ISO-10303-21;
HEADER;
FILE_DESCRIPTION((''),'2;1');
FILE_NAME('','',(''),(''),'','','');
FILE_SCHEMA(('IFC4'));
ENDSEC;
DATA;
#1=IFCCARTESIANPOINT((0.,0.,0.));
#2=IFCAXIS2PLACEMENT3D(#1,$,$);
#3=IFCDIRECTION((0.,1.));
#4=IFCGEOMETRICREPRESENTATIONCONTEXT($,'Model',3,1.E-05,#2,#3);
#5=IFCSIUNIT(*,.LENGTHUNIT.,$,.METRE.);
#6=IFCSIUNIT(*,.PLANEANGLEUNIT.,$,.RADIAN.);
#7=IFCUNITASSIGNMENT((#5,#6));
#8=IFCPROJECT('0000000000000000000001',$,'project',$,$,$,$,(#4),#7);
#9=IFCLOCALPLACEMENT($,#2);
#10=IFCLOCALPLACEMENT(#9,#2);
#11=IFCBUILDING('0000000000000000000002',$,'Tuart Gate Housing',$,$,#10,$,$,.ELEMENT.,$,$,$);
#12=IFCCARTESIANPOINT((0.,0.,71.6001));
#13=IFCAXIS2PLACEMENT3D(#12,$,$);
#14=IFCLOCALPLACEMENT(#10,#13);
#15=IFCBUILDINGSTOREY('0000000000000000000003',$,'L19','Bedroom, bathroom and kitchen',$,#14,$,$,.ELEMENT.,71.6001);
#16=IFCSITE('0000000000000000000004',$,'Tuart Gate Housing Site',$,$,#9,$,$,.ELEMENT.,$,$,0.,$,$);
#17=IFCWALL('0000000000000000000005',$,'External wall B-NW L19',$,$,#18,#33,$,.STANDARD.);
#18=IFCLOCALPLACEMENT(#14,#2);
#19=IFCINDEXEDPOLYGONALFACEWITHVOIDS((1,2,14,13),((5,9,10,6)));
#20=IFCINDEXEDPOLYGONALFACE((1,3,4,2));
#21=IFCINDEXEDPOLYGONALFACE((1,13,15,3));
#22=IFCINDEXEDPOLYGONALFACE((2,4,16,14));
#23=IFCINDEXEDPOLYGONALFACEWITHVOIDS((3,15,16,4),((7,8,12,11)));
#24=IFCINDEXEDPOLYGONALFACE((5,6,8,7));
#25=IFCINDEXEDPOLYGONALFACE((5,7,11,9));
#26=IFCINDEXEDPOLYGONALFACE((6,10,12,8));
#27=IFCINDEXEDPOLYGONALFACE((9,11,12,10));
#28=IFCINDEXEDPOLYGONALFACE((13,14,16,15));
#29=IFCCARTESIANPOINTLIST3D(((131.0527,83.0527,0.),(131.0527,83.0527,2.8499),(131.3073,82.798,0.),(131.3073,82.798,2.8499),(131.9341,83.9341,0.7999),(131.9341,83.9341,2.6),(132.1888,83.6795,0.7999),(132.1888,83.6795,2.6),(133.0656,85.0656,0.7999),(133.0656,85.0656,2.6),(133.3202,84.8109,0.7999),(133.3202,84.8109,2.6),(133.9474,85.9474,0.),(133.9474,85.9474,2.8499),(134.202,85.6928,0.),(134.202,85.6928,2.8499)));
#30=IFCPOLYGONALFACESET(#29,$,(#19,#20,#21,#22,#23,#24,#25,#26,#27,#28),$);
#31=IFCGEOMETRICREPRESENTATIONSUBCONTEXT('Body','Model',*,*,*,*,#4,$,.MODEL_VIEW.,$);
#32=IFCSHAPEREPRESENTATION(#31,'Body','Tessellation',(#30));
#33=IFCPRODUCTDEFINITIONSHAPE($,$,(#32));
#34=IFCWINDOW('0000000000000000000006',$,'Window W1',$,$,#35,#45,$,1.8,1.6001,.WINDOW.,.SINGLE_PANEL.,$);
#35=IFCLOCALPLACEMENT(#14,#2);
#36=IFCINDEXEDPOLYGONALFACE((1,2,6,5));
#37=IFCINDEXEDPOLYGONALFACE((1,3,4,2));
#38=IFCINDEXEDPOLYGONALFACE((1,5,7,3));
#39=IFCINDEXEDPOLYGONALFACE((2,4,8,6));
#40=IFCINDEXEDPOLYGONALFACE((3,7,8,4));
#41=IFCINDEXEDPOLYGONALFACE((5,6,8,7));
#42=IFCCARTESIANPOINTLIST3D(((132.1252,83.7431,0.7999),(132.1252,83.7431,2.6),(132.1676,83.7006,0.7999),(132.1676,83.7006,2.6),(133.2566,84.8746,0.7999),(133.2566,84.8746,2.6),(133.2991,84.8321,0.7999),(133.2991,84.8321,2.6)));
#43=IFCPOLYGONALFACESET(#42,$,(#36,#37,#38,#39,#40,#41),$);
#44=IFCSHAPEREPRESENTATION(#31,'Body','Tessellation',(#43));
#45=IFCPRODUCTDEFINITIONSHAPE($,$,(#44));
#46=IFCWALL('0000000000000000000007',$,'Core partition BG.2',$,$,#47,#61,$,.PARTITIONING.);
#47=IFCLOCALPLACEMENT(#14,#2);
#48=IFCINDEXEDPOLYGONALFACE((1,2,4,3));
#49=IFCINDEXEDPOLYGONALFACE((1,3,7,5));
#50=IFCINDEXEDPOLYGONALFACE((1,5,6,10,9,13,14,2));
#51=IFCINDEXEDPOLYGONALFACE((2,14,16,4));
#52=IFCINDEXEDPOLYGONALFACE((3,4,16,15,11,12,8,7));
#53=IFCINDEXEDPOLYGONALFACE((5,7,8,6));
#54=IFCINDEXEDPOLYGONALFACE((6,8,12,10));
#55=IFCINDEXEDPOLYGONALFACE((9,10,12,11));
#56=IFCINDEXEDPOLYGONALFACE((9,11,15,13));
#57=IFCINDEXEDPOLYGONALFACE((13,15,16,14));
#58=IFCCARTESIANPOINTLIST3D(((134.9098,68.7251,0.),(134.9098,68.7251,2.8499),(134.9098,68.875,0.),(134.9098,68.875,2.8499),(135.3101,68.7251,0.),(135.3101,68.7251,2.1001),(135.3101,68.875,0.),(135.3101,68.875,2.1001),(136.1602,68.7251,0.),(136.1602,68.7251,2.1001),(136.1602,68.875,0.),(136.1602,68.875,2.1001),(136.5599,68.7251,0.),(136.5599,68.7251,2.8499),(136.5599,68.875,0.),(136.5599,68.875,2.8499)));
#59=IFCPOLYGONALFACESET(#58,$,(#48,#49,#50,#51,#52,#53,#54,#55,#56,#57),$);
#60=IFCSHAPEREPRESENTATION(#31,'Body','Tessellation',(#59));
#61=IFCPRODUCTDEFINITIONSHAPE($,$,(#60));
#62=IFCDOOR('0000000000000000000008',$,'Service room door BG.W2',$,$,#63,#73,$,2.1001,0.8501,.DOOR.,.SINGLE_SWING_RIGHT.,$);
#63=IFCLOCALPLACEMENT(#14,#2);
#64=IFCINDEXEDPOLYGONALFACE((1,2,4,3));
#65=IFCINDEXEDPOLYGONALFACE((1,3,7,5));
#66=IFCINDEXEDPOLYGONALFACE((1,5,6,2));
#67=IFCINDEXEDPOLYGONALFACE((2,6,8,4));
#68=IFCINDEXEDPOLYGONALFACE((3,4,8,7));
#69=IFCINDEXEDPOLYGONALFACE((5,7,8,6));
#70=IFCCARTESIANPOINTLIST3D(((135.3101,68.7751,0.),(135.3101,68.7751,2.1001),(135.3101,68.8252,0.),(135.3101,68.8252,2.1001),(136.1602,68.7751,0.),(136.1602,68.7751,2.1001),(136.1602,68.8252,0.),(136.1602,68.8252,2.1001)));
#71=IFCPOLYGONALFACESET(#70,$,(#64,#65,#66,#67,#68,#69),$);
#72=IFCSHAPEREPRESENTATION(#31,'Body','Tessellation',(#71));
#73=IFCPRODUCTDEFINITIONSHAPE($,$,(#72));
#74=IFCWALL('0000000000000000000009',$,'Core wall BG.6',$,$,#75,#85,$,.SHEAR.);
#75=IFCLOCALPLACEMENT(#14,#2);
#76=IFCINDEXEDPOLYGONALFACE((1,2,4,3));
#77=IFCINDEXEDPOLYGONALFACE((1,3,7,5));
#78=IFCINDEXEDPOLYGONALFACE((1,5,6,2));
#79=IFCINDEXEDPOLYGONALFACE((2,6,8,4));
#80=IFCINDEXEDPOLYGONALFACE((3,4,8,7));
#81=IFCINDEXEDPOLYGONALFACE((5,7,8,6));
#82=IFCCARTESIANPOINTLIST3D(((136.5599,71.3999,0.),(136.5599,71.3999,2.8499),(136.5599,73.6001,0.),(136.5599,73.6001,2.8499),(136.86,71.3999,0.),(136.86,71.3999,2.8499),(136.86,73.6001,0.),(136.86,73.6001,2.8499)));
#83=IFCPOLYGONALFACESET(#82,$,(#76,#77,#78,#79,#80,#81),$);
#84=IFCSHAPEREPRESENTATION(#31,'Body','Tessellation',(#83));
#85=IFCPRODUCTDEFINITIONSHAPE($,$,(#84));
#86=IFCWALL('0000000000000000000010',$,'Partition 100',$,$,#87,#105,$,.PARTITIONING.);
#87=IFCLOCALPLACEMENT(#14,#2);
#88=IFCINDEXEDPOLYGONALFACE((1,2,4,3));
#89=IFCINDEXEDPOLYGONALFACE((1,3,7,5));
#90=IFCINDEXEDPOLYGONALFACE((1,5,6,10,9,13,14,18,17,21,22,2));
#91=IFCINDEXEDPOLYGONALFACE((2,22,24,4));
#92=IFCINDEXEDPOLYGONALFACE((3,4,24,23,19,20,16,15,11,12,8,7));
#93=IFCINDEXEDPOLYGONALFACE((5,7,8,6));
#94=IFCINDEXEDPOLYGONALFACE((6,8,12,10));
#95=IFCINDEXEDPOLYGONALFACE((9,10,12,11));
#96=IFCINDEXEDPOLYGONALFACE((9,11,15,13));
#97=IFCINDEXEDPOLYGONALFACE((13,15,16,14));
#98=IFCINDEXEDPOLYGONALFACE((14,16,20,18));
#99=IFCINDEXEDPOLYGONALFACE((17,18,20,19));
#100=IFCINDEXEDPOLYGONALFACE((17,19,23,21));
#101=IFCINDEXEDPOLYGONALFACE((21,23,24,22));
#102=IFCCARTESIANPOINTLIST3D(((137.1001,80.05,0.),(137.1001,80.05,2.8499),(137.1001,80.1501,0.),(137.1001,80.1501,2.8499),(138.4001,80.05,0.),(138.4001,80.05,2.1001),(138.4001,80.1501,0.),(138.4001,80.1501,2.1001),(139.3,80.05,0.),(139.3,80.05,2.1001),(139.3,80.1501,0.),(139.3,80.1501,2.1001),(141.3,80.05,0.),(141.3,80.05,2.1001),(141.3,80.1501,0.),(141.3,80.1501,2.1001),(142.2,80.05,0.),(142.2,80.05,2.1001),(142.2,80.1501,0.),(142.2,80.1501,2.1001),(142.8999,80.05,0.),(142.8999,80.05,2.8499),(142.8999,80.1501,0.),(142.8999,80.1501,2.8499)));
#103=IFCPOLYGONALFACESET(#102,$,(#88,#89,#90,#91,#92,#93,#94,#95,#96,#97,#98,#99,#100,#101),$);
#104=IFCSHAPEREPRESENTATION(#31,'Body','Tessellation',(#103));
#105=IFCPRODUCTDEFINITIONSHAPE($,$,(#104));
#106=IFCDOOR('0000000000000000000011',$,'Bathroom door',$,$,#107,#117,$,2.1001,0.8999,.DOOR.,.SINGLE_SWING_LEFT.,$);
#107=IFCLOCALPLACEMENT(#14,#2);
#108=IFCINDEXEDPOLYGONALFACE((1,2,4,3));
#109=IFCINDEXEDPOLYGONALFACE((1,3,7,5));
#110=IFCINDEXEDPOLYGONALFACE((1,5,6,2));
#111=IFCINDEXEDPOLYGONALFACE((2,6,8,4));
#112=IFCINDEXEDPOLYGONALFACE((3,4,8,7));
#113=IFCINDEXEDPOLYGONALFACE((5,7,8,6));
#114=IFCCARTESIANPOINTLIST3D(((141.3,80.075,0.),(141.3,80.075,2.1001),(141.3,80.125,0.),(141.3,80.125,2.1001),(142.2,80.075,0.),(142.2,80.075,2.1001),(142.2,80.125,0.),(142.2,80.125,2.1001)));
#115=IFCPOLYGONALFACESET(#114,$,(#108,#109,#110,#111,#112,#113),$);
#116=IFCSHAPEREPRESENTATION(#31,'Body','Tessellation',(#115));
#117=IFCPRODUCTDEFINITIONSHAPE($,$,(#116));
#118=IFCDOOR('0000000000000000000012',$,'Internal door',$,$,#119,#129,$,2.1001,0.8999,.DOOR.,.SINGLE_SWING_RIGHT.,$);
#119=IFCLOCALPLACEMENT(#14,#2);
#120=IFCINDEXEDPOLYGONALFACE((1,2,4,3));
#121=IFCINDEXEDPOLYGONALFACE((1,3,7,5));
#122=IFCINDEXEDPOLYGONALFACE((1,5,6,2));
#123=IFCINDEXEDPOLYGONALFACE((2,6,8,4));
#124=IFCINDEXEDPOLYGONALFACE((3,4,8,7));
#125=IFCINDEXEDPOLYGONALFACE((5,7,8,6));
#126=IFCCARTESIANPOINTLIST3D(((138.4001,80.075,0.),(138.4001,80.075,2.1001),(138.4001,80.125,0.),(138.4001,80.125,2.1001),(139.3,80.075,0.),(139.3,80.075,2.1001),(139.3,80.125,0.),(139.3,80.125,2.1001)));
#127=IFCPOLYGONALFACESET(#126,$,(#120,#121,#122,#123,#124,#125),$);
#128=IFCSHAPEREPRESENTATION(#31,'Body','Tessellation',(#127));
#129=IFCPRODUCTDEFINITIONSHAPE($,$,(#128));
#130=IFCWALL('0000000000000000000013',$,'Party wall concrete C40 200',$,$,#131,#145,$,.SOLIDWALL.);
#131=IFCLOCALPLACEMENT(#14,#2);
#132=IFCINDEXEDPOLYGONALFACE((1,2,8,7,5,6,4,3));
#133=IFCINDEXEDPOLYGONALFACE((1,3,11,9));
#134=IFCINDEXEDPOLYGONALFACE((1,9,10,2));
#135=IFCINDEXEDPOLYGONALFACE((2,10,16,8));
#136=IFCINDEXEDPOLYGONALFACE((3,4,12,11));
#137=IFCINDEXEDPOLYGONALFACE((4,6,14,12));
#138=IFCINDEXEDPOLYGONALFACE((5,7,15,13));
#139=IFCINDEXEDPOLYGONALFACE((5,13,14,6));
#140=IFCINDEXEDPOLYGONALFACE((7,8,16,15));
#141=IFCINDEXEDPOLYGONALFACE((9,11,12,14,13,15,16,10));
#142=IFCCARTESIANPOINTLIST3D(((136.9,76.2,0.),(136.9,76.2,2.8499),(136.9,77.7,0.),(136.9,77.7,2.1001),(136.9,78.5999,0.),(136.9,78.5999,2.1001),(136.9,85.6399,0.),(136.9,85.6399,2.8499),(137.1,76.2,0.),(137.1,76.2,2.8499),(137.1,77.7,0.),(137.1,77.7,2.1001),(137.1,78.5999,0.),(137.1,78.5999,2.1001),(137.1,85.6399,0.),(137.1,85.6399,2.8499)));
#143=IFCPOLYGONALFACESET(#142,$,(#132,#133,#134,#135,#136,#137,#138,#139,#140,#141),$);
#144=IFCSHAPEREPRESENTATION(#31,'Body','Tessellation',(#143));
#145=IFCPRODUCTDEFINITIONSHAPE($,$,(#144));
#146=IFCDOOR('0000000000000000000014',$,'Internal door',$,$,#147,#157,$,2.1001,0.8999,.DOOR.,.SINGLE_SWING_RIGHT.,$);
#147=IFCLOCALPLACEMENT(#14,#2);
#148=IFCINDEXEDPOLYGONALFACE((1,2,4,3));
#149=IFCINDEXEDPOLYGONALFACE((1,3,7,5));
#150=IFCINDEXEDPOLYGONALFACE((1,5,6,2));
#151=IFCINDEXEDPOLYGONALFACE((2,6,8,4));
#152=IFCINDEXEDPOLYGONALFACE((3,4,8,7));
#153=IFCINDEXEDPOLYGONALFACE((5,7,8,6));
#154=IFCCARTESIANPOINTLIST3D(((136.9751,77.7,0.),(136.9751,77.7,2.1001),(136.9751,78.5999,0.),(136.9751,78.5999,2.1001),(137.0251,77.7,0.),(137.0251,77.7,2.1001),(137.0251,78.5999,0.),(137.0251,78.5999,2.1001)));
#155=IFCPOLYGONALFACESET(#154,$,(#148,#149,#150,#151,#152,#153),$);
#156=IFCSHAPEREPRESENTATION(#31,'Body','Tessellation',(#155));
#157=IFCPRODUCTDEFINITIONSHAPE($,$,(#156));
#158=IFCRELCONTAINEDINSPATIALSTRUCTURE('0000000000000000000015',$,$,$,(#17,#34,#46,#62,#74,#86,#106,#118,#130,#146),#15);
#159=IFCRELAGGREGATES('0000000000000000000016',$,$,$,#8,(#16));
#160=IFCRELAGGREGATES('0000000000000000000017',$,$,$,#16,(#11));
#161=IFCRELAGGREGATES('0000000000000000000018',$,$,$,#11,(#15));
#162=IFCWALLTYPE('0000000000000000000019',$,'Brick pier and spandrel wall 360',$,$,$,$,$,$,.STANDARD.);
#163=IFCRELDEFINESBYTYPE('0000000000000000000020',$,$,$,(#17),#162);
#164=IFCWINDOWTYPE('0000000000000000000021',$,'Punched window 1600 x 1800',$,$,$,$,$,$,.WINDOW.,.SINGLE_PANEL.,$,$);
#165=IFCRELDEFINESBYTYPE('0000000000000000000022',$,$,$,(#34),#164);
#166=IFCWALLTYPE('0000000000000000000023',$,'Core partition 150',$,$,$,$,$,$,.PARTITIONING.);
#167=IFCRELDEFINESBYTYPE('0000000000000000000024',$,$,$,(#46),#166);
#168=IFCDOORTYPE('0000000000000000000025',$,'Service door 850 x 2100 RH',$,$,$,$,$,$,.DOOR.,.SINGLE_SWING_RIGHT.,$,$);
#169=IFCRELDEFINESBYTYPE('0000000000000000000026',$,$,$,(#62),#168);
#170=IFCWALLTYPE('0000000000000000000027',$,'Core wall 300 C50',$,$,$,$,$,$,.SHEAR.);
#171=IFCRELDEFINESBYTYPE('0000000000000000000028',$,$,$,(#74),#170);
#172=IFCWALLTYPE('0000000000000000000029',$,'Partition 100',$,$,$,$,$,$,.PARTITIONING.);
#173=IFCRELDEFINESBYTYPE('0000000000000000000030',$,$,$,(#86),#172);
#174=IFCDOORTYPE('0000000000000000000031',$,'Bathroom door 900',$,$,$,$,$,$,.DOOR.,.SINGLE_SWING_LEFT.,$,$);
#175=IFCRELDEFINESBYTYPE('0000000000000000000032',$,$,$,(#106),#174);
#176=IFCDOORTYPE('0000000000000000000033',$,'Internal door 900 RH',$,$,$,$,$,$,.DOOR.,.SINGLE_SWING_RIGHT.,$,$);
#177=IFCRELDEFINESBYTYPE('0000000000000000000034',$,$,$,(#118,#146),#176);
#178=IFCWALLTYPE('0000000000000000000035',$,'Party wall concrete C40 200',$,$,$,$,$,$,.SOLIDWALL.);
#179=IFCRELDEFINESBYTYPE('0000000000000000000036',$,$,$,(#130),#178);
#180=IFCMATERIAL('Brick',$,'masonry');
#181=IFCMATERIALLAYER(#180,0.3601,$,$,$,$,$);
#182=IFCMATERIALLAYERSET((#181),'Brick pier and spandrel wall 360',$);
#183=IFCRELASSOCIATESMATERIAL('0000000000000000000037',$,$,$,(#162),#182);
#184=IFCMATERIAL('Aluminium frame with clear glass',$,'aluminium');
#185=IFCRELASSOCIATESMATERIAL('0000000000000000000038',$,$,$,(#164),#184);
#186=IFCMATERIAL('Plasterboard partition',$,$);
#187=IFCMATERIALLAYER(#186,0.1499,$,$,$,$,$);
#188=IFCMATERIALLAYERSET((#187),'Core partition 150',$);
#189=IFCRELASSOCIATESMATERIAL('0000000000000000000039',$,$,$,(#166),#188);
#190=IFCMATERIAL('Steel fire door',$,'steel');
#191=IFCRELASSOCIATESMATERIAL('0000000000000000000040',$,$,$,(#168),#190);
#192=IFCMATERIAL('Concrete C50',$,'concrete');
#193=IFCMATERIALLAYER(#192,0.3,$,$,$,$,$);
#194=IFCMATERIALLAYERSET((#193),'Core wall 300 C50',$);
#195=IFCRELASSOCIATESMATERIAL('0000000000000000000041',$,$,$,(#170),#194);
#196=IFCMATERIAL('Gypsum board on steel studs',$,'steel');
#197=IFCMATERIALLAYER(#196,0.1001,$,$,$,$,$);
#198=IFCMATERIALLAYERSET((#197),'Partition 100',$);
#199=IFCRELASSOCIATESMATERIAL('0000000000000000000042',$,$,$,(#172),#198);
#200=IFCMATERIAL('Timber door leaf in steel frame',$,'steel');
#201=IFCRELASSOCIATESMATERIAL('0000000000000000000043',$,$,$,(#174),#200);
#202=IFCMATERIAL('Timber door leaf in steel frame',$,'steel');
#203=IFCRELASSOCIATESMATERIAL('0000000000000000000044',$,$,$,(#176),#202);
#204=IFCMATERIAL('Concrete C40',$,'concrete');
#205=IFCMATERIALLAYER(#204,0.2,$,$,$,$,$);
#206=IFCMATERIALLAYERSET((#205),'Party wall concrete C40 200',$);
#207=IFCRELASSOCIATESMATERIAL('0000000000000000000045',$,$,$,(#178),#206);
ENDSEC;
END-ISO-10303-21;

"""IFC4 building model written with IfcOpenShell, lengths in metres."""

from ifc_helpers import new_model, si_unit, direction, frame, frame_2d, origin, place, context, subcontext, project, spatial, rectangle, extrude, material, layer, layer_set, type_object, element, fill, save


model = new_model("IFC4")

# Units and contexts
model_context = context("Model", 3, precision=1e-05, world=origin(), true_north=direction((0.0, 1.0)))
body_context = subcontext(model_context, "Body", "Model", "MODEL_VIEW")
ifc_project = project(units=[si_unit("LENGTHUNIT", "METRE"), si_unit("PLANEANGLEUNIT", "RADIAN")], contexts=[model_context])

# Site, building, storey
site_placement = place(None, origin())
site = spatial("IfcSite", under=ifc_project, at=site_placement, Name="Tuart Gate Housing Site", CompositionType="ELEMENT", RefElevation=0.0)
building_placement = place(site_placement, origin())
building = spatial("IfcBuilding", under=site, at=building_placement, Name="Tuart Gate Housing", CompositionType="ELEMENT")
storey_placement = place(building_placement, frame((0.0, 0.0, 71.6001)))
storey = spatial("IfcBuildingStorey", under=building, at=storey_placement, Name="L19", Description="Bedroom, bathroom and kitchen", CompositionType="ELEMENT", Elevation=71.6001)

# Wall, opening, window
ifc_material_1 = material(Name="Brick", Category="masonry")
ifc_layer_1 = layer(ifc_material_1, 0.3601)
ifc_layer_set_1 = layer_set([ifc_layer_1], Name="Brick pier and spandrel wall 360")
wall_type_1 = type_object("IfcWallType", Name="Brick pier and spandrel wall 360", PredefinedType="STANDARD", material=ifc_layer_set_1)
wall_1_placement = place(storey_placement, frame((134.0747, 85.8201, 0.0), z_axis=(0.0, 0.0, 1.0), x_axis=(-0.707107, -0.707107, 0.0)))
wall_1 = element("IfcWall", 1, at=wall_1_placement, inside=storey, type_object=wall_type_1, Name="External wall B-NW L19", PredefinedType="STANDARD", context=body_context, shape_type="SweptSolid", body=[
    extrude(rectangle(XDim=4.0938, YDim=0.3601, at=frame_2d((2.0469, 0.0))), origin(), (0.0, 0.0, 1.0), 2.8499),
])
opening_1_placement = place(wall_1_placement, frame((1.2471, 0.0, 0.8)))
opening_1 = element("IfcOpeningElement", 2, at=opening_1_placement, cuts=wall_1, PredefinedType="OPENING", context=body_context, shape_type="SweptSolid", body=[
    extrude(rectangle(XDim=1.6001, YDim=1.8, at=frame_2d((0.8, 0.8999))), frame((0.0, 0.1899, 0.0), z_axis=(0.0, -1.0, 0.0), x_axis=(1.0, 0.0, 0.0)), (0.0, 0.0, 1.0), 0.3801),
])
ifc_material_2 = material(Name="Aluminium frame with clear glass", Category="aluminium")
window_type = type_object("IfcWindowType", Name="Punched window 1600 x 1800", PartitioningType="SINGLE_PANEL", PredefinedType="WINDOW", material=ifc_material_2)
window_placement = place(opening_1_placement, origin())
window = element("IfcWindow", 3, at=window_placement, inside=storey, type_object=window_type, Name="Window W1", OverallHeight=1.8, OverallWidth=1.6001, PartitioningType="SINGLE_PANEL", PredefinedType="WINDOW", context=body_context, shape_type="SweptSolid", body=[
    extrude(rectangle(XDim=1.6001, YDim=1.8, at=frame_2d((0.8, 0.8999))), frame((0.0, 0.1501, 0.0), z_axis=(0.0, -1.0, 0.0), x_axis=(1.0, 0.0, 0.0)), (0.0, 0.0, 1.0), 0.0601),
])
fill(opening_1, window)

# Wall, opening, door
ifc_material_3 = material(Name="Plasterboard partition")
ifc_layer_2 = layer(ifc_material_3, 0.1499)
ifc_layer_set_2 = layer_set([ifc_layer_2], Name="Core partition 150")
wall_type_2 = type_object("IfcWallType", Name="Core partition 150", PredefinedType="PARTITIONING", material=ifc_layer_set_2)
wall_2_placement = place(storey_placement, frame((136.5601, 68.8, 0.0), z_axis=(0.0, 0.0, 1.0), x_axis=(-1.0, 0.0, 0.0)))
wall_2 = element("IfcWall", 4, at=wall_2_placement, inside=storey, type_object=wall_type_2, Name="Core partition BG.2", PredefinedType="PARTITIONING", context=body_context, shape_type="SweptSolid", body=[
    extrude(rectangle(XDim=1.6501, YDim=0.1499, at=frame_2d((0.8252, 0.0))), origin(), (0.0, 0.0, 1.0), 2.8499),
])
opening_2_placement = place(wall_2_placement, frame((0.3999, 0.0, 0.0)))
opening_2 = element("IfcOpeningElement", 5, at=opening_2_placement, cuts=wall_2, PredefinedType="OPENING", context=body_context, shape_type="SweptSolid", body=[
    extrude(rectangle(XDim=0.8501, YDim=2.1001, at=frame_2d((0.425, 1.05))), frame((0.0, 0.085, 0.0), z_axis=(0.0, -1.0, 0.0), x_axis=(1.0, 0.0, 0.0)), (0.0, 0.0, 1.0), 0.1699),
])
ifc_material_4 = material(Name="Steel fire door", Category="steel")
door_type_1 = type_object("IfcDoorType", Name="Service door 850 x 2100 RH", OperationType="SINGLE_SWING_RIGHT", PredefinedType="DOOR", material=ifc_material_4)
door_1_placement = place(opening_2_placement, frame((0.8501, 0.0, 0.0), z_axis=(0.0, 0.0, 1.0), x_axis=(-1.0, 0.0, 0.0)))
door_1 = element("IfcDoor", 6, at=door_1_placement, inside=storey, type_object=door_type_1, Name="Service room door BG.W2", OperationType="SINGLE_SWING_RIGHT", OverallHeight=2.1001, OverallWidth=0.8501, PredefinedType="DOOR", context=body_context, shape_type="SweptSolid", body=[
    extrude(rectangle(XDim=0.8501, YDim=2.1001, at=frame_2d((0.425, 1.05))), frame((0.0, 0.0251, 0.0), z_axis=(0.0, -1.0, 0.0), x_axis=(1.0, 0.0, 0.0)), (0.0, 0.0, 1.0), 0.05),
])
fill(opening_2, door_1)

# Wall
ifc_material_5 = material(Name="Concrete C50", Category="concrete")
ifc_layer_3 = layer(ifc_material_5, 0.3)
ifc_layer_set_3 = layer_set([ifc_layer_3], Name="Core wall 300 C50")
wall_type_3 = type_object("IfcWallType", Name="Core wall 300 C50", PredefinedType="SHEAR", material=ifc_layer_set_3)
wall_3_placement = place(storey_placement, frame((136.71, 71.3999, 0.0), z_axis=(0.0, 0.0, 1.0), x_axis=(0.0, 1.0, 0.0)))
element("IfcWall", 7, at=wall_3_placement, inside=storey, type_object=wall_type_3, Name="Core wall BG.6", PredefinedType="SHEAR", context=body_context, shape_type="SweptSolid", body=[
    extrude(rectangle(XDim=2.2002, YDim=0.3, at=frame_2d((1.1001, 0.0))), origin(), (0.0, 0.0, 1.0), 2.8499),
])

# Wall, openings, doors
ifc_material_6 = material(Name="Gypsum board on steel studs", Category="steel")
ifc_layer_4 = layer(ifc_material_6, 0.1001)
ifc_layer_set_4 = layer_set([ifc_layer_4], Name="Partition 100")
wall_type_4 = type_object("IfcWallType", Name="Partition 100", PredefinedType="PARTITIONING", material=ifc_layer_set_4)
wall_4_placement = place(storey_placement, frame((137.1001, 80.1001, 0.0), z_axis=(0.0, 0.0, 1.0), x_axis=(1.0, 0.0, 0.0)))
wall_4 = element("IfcWall", 8, at=wall_4_placement, inside=storey, type_object=wall_type_4, Name="Partition 100", PredefinedType="PARTITIONING", context=body_context, shape_type="SweptSolid", body=[
    extrude(rectangle(XDim=5.7998, YDim=0.1001, at=frame_2d((2.8999, 0.0))), origin(), (0.0, 0.0, 1.0), 2.8499),
])
opening_3_placement = place(wall_4_placement, frame((1.3, 0.0, 0.0)))
opening_3 = element("IfcOpeningElement", 9, at=opening_3_placement, cuts=wall_4, PredefinedType="OPENING", context=body_context, shape_type="SweptSolid", body=[
    extrude(rectangle(XDim=0.8999, YDim=2.1001, at=frame_2d((0.45, 1.05))), frame((0.0, 0.0601, 0.0), z_axis=(0.0, -1.0, 0.0), x_axis=(1.0, 0.0, 0.0)), (0.0, 0.0, 1.0), 0.1201),
])
opening_4_placement = place(wall_4_placement, frame((4.2, 0.0, 0.0)))
opening_4 = element("IfcOpeningElement", 10, at=opening_4_placement, cuts=wall_4, PredefinedType="OPENING", context=body_context, shape_type="SweptSolid", body=[
    extrude(rectangle(XDim=0.8999, YDim=2.1001, at=frame_2d((0.45, 1.05))), frame((0.0, 0.0601, 0.0), z_axis=(0.0, -1.0, 0.0), x_axis=(1.0, 0.0, 0.0)), (0.0, 0.0, 1.0), 0.1201),
])
ifc_material_7 = material(Name="Timber door leaf in steel frame", Category="steel")
door_type_2 = type_object("IfcDoorType", Name="Bathroom door 900", OperationType="SINGLE_SWING_LEFT", PredefinedType="DOOR", material=ifc_material_7)
door_2_placement = place(opening_4_placement, origin())
door_2 = element("IfcDoor", 11, at=door_2_placement, inside=storey, type_object=door_type_2, Name="Bathroom door", OperationType="SINGLE_SWING_LEFT", OverallHeight=2.1001, OverallWidth=0.8999, PredefinedType="DOOR", context=body_context, shape_type="SweptSolid", body=[
    extrude(rectangle(XDim=0.8999, YDim=2.1001, at=frame_2d((0.45, 1.05))), frame((0.0, 0.0249, 0.0), z_axis=(0.0, -1.0, 0.0), x_axis=(1.0, 0.0, 0.0)), (0.0, 0.0, 1.0), 0.05),
])
fill(opening_4, door_2)
ifc_material_8 = material(Name="Timber door leaf in steel frame", Category="steel")
door_type_3 = type_object("IfcDoorType", Name="Internal door 900 RH", OperationType="SINGLE_SWING_RIGHT", PredefinedType="DOOR", material=ifc_material_8)
door_3_placement = place(opening_3_placement, origin())
door_3 = element("IfcDoor", 12, at=door_3_placement, inside=storey, type_object=door_type_3, Name="Internal door", OperationType="SINGLE_SWING_RIGHT", OverallHeight=2.1001, OverallWidth=0.8999, PredefinedType="DOOR", context=body_context, shape_type="SweptSolid", body=[
    extrude(rectangle(XDim=0.8999, YDim=2.1001, at=frame_2d((0.45, 1.05))), frame((0.0, 0.0249, 0.0), z_axis=(0.0, -1.0, 0.0), x_axis=(1.0, 0.0, 0.0)), (0.0, 0.0, 1.0), 0.05),
])
fill(opening_3, door_3)

# Wall, opening, door
ifc_material_9 = material(Name="Concrete C40", Category="concrete")
ifc_layer_5 = layer(ifc_material_9, 0.2)
ifc_layer_set_5 = layer_set([ifc_layer_5], Name="Party wall concrete C40 200")
wall_type_5 = type_object("IfcWallType", Name="Party wall concrete C40 200", PredefinedType="SOLIDWALL", material=ifc_layer_set_5)
wall_5_placement = place(storey_placement, frame((137.0, 76.2, 0.0), z_axis=(0.0, 0.0, 1.0), x_axis=(0.0, 1.0, 0.0)))
wall_5 = element("IfcWall", 13, at=wall_5_placement, inside=storey, type_object=wall_type_5, Name="Party wall concrete C40 200", PredefinedType="SOLIDWALL", context=body_context, shape_type="SweptSolid", body=[
    extrude(rectangle(XDim=9.4399, YDim=0.2, at=frame_2d((4.72, 0.0))), origin(), (0.0, 0.0, 1.0), 2.8499),
])
opening_5_placement = place(wall_5_placement, frame((1.5, 0.0, 0.0)))
opening_5 = element("IfcOpeningElement", 14, at=opening_5_placement, cuts=wall_5, PredefinedType="OPENING", context=body_context, shape_type="SweptSolid", body=[
    extrude(rectangle(XDim=0.8999, YDim=2.1001, at=frame_2d((0.45, 1.05))), frame((0.0, 0.1099, 0.0), z_axis=(0.0, -1.0, 0.0), x_axis=(1.0, 0.0, 0.0)), (0.0, 0.0, 1.0), 0.22),
])
door_4_placement = place(opening_5_placement, frame((0.8999, 0.0, 0.0), z_axis=(0.0, 0.0, 1.0), x_axis=(-1.0, 0.0, 0.0)))
door_4 = element("IfcDoor", 15, at=door_4_placement, inside=storey, type_object=door_type_3, Name="Internal door", OperationType="SINGLE_SWING_RIGHT", OverallHeight=2.1001, OverallWidth=0.8999, PredefinedType="DOOR", context=body_context, shape_type="SweptSolid", body=[
    extrude(rectangle(XDim=0.8999, YDim=2.1001, at=frame_2d((0.45, 1.05))), frame((0.0, 0.0251, 0.0), z_axis=(0.0, -1.0, 0.0), x_axis=(1.0, 0.0, 0.0)), (0.0, 0.0, 1.0), 0.05),
])
fill(opening_5, door_4)

save(model, "model.ifc")
